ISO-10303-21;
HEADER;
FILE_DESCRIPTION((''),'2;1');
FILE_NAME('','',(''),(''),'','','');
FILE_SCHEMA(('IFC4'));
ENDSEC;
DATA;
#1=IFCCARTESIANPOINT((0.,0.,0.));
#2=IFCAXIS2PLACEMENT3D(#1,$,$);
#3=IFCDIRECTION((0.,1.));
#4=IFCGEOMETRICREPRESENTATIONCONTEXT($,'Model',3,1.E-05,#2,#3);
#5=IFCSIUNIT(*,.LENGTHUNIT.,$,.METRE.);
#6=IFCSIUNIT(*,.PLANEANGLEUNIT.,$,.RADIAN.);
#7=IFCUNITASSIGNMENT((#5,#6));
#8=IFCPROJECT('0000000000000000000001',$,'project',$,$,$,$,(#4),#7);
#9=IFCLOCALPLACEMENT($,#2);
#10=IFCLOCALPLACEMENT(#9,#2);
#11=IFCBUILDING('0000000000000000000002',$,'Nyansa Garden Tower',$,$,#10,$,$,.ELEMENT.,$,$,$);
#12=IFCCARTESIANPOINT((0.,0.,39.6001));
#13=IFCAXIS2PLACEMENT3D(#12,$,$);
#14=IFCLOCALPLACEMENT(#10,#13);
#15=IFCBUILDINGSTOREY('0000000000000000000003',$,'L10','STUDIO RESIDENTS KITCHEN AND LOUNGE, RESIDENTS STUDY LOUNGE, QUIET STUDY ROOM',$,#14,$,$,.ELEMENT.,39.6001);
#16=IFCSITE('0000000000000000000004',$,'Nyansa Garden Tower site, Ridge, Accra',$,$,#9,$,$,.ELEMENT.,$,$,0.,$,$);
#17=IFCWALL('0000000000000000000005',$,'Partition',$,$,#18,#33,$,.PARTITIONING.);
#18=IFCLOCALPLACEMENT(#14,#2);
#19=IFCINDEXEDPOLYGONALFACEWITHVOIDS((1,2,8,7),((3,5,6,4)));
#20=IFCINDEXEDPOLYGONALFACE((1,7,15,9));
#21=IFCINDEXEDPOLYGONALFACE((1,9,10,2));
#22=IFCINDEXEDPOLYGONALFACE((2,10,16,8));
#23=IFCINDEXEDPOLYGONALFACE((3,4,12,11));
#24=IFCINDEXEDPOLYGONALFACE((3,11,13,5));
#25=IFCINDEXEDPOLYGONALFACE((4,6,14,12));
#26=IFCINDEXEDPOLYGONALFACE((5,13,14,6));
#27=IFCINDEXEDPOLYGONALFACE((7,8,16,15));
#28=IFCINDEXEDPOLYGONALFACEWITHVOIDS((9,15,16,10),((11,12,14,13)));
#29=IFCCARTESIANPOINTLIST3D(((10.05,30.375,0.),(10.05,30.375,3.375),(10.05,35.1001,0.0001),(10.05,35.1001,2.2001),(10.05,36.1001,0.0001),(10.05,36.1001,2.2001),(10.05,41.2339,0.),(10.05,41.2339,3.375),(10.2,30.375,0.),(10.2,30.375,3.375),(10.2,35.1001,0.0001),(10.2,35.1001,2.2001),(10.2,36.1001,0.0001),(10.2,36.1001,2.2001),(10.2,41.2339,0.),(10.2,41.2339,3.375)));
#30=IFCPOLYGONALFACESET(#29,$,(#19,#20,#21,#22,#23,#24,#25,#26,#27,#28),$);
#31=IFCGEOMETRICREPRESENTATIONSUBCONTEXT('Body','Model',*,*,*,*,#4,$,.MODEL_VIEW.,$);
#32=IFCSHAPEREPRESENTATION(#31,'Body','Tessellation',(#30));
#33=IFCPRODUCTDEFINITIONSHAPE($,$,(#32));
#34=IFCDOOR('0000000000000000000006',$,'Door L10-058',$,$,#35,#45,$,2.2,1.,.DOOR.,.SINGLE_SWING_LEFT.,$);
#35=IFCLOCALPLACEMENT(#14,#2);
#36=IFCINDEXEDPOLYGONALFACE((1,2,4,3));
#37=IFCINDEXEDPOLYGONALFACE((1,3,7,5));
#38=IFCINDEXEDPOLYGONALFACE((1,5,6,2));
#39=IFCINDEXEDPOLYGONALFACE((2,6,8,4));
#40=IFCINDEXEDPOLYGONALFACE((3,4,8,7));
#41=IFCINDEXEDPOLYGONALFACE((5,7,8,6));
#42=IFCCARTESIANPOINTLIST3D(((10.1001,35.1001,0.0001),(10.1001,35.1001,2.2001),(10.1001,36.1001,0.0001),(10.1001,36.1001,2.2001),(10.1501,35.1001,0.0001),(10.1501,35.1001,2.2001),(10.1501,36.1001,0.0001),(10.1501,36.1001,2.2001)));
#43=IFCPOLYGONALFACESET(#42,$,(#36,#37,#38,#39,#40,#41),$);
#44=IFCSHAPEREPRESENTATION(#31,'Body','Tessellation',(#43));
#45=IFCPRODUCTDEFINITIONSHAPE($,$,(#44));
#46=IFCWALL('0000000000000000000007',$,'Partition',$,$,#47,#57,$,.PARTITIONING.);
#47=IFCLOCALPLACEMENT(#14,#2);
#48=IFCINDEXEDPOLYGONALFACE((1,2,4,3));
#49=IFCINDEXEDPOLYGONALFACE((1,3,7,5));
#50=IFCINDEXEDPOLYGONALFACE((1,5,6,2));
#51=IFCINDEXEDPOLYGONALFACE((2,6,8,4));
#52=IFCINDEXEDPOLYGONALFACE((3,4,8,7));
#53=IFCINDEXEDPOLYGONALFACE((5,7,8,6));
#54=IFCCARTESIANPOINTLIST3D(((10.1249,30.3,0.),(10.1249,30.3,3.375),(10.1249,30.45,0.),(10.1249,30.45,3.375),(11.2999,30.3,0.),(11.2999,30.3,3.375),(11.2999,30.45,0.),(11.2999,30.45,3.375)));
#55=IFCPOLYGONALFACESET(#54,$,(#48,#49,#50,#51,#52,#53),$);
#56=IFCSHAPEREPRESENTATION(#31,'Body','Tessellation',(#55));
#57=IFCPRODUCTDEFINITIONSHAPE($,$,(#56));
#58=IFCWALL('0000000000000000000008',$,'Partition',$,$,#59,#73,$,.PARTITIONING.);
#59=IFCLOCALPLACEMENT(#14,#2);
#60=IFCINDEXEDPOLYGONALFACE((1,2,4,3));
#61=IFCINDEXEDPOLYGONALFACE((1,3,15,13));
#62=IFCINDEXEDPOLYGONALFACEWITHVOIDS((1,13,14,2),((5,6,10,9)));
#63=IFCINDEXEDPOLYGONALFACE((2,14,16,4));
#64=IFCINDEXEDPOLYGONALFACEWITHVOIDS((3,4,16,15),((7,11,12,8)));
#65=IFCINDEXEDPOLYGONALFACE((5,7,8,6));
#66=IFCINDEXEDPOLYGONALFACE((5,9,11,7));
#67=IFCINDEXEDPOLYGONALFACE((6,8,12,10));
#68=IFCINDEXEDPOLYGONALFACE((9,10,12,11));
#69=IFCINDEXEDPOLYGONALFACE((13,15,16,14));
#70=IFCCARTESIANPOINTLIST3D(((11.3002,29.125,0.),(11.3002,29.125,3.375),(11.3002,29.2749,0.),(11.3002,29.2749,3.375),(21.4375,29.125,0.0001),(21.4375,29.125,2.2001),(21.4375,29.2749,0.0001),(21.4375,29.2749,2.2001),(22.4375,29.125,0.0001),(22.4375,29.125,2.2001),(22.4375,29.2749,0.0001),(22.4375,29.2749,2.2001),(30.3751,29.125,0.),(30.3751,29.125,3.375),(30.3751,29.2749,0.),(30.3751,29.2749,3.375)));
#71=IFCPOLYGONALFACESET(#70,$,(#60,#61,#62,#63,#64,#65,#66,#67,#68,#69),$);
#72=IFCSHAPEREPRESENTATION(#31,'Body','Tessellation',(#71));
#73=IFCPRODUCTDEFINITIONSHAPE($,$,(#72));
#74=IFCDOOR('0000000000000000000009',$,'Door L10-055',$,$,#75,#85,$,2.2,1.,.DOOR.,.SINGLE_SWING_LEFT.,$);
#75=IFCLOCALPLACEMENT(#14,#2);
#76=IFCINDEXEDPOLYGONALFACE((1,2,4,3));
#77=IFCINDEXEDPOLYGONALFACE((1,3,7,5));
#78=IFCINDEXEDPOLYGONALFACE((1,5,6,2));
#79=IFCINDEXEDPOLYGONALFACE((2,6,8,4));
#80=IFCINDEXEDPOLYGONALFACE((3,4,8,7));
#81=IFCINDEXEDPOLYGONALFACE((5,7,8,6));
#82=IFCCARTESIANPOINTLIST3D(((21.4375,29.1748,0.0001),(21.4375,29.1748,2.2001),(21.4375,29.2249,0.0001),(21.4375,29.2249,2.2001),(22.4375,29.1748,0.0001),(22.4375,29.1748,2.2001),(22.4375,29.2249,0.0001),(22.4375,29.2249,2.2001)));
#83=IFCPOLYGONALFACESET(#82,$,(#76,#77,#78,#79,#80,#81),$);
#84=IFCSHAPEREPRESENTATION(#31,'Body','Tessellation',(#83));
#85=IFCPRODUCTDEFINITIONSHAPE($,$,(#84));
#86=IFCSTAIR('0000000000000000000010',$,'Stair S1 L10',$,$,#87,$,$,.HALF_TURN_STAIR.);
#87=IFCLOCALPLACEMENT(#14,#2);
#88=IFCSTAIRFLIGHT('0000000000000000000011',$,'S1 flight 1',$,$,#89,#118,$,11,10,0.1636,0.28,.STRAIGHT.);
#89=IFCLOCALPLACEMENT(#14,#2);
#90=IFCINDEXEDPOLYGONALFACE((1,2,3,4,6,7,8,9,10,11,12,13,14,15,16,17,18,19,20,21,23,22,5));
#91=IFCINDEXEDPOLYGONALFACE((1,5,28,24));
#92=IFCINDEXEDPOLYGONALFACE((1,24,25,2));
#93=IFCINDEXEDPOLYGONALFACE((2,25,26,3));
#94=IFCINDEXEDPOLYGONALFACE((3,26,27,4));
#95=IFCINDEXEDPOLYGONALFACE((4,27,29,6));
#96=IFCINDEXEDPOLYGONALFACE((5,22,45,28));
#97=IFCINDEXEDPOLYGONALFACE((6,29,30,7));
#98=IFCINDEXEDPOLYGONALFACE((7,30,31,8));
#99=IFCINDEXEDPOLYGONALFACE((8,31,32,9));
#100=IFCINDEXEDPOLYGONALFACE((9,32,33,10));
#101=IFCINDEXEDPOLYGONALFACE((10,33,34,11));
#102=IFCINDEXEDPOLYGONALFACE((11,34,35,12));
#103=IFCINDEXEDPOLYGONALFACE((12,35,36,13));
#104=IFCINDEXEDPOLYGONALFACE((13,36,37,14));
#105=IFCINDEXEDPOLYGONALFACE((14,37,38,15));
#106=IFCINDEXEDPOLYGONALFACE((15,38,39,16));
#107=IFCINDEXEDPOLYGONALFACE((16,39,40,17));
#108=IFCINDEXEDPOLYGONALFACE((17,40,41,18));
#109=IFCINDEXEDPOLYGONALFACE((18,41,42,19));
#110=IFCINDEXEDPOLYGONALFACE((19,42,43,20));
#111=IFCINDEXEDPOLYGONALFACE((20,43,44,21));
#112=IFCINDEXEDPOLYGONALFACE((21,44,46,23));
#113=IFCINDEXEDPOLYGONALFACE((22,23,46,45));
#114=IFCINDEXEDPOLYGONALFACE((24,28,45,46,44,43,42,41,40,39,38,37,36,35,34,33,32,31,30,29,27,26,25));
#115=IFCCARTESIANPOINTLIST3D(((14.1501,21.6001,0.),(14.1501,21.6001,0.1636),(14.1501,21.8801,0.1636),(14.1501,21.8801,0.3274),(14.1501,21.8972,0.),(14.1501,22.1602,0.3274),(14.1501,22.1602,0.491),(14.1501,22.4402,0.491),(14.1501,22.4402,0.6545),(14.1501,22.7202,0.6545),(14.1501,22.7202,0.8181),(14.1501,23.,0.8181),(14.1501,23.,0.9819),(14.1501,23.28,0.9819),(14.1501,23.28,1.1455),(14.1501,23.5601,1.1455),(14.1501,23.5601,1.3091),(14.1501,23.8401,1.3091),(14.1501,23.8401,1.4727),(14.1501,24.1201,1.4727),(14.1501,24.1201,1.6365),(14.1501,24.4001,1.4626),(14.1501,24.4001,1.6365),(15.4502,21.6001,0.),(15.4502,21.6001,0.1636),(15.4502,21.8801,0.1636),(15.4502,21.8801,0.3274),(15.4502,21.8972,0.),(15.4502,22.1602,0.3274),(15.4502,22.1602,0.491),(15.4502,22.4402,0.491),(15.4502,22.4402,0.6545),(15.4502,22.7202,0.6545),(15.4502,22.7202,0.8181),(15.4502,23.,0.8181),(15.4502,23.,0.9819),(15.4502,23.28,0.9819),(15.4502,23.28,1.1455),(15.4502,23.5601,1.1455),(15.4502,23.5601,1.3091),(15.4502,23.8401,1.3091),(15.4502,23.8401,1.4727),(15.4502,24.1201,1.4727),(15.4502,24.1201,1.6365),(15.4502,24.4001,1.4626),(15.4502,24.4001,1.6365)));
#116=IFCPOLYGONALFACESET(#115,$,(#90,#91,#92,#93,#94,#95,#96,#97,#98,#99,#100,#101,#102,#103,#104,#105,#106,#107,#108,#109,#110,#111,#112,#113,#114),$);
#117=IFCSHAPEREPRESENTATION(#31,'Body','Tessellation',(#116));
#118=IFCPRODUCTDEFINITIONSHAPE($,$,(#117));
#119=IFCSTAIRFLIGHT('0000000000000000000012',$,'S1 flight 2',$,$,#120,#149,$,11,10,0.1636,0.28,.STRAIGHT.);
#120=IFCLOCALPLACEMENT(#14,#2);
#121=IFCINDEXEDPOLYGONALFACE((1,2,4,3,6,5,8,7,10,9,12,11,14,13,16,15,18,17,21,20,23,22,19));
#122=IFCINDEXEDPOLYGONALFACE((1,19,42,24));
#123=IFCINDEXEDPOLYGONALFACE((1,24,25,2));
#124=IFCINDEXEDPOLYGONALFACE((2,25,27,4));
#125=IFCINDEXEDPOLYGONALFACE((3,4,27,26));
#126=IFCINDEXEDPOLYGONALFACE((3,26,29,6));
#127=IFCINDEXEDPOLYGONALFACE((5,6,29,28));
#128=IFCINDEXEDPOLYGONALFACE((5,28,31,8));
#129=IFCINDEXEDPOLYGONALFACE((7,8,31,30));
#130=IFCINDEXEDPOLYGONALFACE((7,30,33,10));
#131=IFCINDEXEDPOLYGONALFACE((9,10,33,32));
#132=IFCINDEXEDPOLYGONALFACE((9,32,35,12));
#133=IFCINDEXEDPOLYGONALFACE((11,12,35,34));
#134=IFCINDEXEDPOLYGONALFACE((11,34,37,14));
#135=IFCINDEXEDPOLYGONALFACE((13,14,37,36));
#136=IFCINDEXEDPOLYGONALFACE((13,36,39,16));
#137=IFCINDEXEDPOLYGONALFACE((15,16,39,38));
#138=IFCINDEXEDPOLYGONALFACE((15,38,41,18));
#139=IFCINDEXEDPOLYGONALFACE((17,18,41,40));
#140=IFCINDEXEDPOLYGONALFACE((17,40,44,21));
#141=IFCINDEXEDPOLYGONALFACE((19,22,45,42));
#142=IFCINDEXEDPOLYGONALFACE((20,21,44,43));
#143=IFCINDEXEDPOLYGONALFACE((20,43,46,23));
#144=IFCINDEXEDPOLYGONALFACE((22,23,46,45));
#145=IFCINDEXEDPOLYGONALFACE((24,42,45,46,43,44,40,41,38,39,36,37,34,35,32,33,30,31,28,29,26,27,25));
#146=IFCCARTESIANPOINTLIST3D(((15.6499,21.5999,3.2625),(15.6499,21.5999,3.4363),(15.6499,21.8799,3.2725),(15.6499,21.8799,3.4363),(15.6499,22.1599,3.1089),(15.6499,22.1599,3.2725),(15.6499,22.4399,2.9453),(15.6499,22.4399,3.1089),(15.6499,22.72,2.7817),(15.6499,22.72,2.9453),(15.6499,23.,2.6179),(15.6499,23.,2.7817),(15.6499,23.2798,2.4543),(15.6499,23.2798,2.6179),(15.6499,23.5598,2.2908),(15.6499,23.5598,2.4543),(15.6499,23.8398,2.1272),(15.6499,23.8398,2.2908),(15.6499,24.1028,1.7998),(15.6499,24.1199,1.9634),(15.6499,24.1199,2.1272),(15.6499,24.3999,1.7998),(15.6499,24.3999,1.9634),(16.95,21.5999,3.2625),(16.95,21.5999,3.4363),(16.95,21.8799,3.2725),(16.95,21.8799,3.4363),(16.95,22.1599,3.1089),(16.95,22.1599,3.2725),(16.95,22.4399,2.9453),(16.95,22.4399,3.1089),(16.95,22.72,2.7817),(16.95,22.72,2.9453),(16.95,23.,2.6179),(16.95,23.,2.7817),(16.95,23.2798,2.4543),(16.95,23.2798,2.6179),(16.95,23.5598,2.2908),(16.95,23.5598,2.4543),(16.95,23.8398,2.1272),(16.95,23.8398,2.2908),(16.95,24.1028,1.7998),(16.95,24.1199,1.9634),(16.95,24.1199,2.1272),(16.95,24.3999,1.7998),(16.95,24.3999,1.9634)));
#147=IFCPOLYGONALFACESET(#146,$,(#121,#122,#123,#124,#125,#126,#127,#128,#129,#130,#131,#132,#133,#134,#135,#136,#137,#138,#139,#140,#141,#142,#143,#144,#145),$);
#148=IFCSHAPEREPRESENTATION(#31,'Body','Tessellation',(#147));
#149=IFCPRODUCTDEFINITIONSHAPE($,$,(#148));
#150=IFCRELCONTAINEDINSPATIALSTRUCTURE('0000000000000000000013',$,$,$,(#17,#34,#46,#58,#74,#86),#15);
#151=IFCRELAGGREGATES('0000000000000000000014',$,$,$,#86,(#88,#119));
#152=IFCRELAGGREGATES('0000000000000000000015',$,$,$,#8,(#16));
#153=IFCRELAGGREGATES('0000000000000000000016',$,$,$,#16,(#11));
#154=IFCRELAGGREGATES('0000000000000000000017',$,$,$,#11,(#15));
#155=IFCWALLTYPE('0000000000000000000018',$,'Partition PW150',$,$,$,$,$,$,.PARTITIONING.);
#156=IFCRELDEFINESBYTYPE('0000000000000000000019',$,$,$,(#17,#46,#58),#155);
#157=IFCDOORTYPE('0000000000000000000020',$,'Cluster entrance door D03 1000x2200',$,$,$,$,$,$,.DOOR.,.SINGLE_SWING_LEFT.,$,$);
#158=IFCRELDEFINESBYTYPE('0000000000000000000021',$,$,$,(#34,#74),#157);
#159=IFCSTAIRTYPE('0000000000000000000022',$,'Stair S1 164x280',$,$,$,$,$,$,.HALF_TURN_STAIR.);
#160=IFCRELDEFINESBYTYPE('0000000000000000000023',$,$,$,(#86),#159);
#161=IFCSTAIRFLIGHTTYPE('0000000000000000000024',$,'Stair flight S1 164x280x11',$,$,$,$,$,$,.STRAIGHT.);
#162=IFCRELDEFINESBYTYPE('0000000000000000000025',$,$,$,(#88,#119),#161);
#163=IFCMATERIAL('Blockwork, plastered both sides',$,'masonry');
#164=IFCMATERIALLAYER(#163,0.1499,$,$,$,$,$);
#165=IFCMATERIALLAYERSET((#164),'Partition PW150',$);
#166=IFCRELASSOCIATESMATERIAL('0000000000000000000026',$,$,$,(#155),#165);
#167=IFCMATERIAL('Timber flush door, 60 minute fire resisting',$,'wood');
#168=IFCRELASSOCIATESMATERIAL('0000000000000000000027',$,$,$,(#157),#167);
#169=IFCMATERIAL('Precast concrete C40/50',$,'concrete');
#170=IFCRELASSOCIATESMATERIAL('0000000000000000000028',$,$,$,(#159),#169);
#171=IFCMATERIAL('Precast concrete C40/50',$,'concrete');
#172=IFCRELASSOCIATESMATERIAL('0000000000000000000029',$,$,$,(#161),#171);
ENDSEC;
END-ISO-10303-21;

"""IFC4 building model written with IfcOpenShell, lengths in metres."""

from ifc_helpers import new_model, si_unit, direction, frame, frame_2d, origin, place, context, subcontext, project, spatial, polyline, rectangle, outline, extrude, material, layer, layer_set, type_object, element, fill, aggregate, save


model = new_model("IFC4")

# Units and contexts
model_context = context("Model", 3, precision=1e-05, world=origin(), true_north=direction((0.0, 1.0)))
body_context = subcontext(model_context, "Body", "Model", "MODEL_VIEW")
ifc_project = project(units=[si_unit("LENGTHUNIT", "METRE"), si_unit("PLANEANGLEUNIT", "RADIAN")], contexts=[model_context])

# Site, building, storey
site_placement = place(None, origin())
site = spatial("IfcSite", under=ifc_project, at=site_placement, Name="Nyansa Garden Tower site, Ridge, Accra", CompositionType="ELEMENT", RefElevation=0.0)
building_placement = place(site_placement, origin())
building = spatial("IfcBuilding", under=site, at=building_placement, Name="Nyansa Garden Tower", CompositionType="ELEMENT")
storey_placement = place(building_placement, frame((0.0, 0.0, 39.6001)))
storey = spatial("IfcBuildingStorey", under=building, at=storey_placement, Name="L10", Description="STUDIO RESIDENTS KITCHEN AND LOUNGE, RESIDENTS STUDY LOUNGE, QUIET STUDY ROOM", CompositionType="ELEMENT", Elevation=39.6001)

# Shared definitions
ifc_material_1 = material(Name="Blockwork, plastered both sides", Category="masonry")
ifc_layer_1 = layer(ifc_material_1, 0.1499)
ifc_layer_set_1 = layer_set([ifc_layer_1], Name="Partition PW150")
wall_type_1 = type_object("IfcWallType", Name="Partition PW150", PredefinedType="PARTITIONING", material=ifc_layer_set_1)

# Wall, opening, door
wall_1_placement = place(storey_placement, frame((10.125, 30.375, 0.0), z_axis=(0.0, 0.0, 1.0), x_axis=(0.0, 1.0, 0.0)))
wall_1 = element("IfcWall", 1, at=wall_1_placement, inside=storey, type_object=wall_type_1, Name="Partition", PredefinedType="PARTITIONING", context=body_context, shape_type="SweptSolid", body=[
    extrude(rectangle(XDim=10.8589, YDim=0.1499, at=frame_2d((5.4294, 0.0))), origin(), (0.0, 0.0, 1.0), 3.375),
])
opening_1_placement = place(wall_1_placement, frame((4.7251, 0.0, 0.0)))
opening_1 = element("IfcOpeningElement", 2, at=opening_1_placement, cuts=wall_1, PredefinedType="OPENING", context=body_context, shape_type="SweptSolid", body=[
    extrude(rectangle(XDim=1.0, YDim=2.2, at=frame_2d((0.5, 1.1001))), frame((0.0, 0.085, 0.0), z_axis=(0.0, -1.0, 0.0), x_axis=(1.0, 0.0, 0.0)), (0.0, 0.0, 1.0), 0.1699),
])
ifc_material_2 = material(Name="Timber flush door, 60 minute fire resisting", Category="wood")
door_type_1 = type_object("IfcDoorType", Name="Cluster entrance door D03 1000x2200", OperationType="SINGLE_SWING_LEFT", PredefinedType="DOOR", material=ifc_material_2)
door_1_placement = place(opening_1_placement, origin())
door_1 = element("IfcDoor", 3, at=door_1_placement, inside=storey, type_object=door_type_1, Name="Door L10-058", OperationType="SINGLE_SWING_LEFT", OverallHeight=2.2, OverallWidth=1.0, PredefinedType="DOOR", context=body_context, shape_type="SweptSolid", body=[
    extrude(rectangle(XDim=1.0, YDim=2.2, at=frame_2d((0.5, 1.1001))), frame((0.0, 0.0249, 0.0), z_axis=(0.0, -1.0, 0.0), x_axis=(1.0, 0.0, 0.0)), (0.0, 0.0, 1.0), 0.05),
])
fill(opening_1, door_1)

# Wall
wall_2_placement = place(storey_placement, frame((10.125, 30.375, 0.0), z_axis=(0.0, 0.0, 1.0), x_axis=(1.0, 0.0, 0.0)))
element("IfcWall", 4, at=wall_2_placement, inside=storey, type_object=wall_type_1, Name="Partition", PredefinedType="PARTITIONING", context=body_context, shape_type="SweptSolid", body=[
    extrude(rectangle(XDim=1.175, YDim=0.1499, at=frame_2d((0.5874, 0.0))), origin(), (0.0, 0.0, 1.0), 3.375),
])

# Wall, opening, door
wall_3_placement = place(storey_placement, frame((11.3, 29.2, 0.0), z_axis=(0.0, 0.0, 1.0), x_axis=(1.0, 0.0, 0.0)))
wall_3 = element("IfcWall", 5, at=wall_3_placement, inside=storey, type_object=wall_type_1, Name="Partition", PredefinedType="PARTITIONING", context=body_context, shape_type="SweptSolid", body=[
    extrude(rectangle(XDim=19.075, YDim=0.1499, at=frame_2d((9.5376, 0.0))), origin(), (0.0, 0.0, 1.0), 3.375),
])
opening_2_placement = place(wall_3_placement, frame((10.1375, 0.0, 0.0)))
opening_2 = element("IfcOpeningElement", 6, at=opening_2_placement, cuts=wall_3, PredefinedType="OPENING", context=body_context, shape_type="SweptSolid", body=[
    extrude(rectangle(XDim=1.0, YDim=2.2, at=frame_2d((0.5, 1.1001))), frame((0.0, 0.085, 0.0), z_axis=(0.0, -1.0, 0.0), x_axis=(1.0, 0.0, 0.0)), (0.0, 0.0, 1.0), 0.1699),
])
door_2_placement = place(opening_2_placement, origin())
door_2 = element("IfcDoor", 7, at=door_2_placement, inside=storey, type_object=door_type_1, Name="Door L10-055", OperationType="SINGLE_SWING_LEFT", OverallHeight=2.2, OverallWidth=1.0, PredefinedType="DOOR", context=body_context, shape_type="SweptSolid", body=[
    extrude(rectangle(XDim=1.0, YDim=2.2, at=frame_2d((0.5, 1.1001))), frame((0.0, 0.0249, 0.0), z_axis=(0.0, -1.0, 0.0), x_axis=(1.0, 0.0, 0.0)), (0.0, 0.0, 1.0), 0.05),
])
fill(opening_2, door_2)

# Stair, stair flights
ifc_material_3 = material(Name="Precast concrete C40/50", Category="concrete")
stair_type = type_object("IfcStairType", Name="Stair S1 164x280", PredefinedType="HALF_TURN_STAIR", material=ifc_material_3)
stair_placement = place(storey_placement, origin())
stair = element("IfcStair", 8, at=stair_placement, inside=storey, type_object=stair_type, Name="Stair S1 L10", PredefinedType="HALF_TURN_STAIR")
ifc_material_4 = material(Name="Precast concrete C40/50", Category="concrete")
stair_flight_type = type_object("IfcStairFlightType", Name="Stair flight S1 164x280x11", PredefinedType="STRAIGHT", material=ifc_material_4)
stair_flight_1_placement = place(storey_placement, frame((14.8, 21.6001, 0.0), z_axis=(0.0, 0.0, 1.0), x_axis=(0.0, 1.0, 0.0)))
stair_flight_1 = element("IfcStairFlight", 9, at=stair_flight_1_placement, type_object=stair_flight_type, Name="S1 flight 1", NumberOfRisers=11, NumberOfTreads=10, PredefinedType="STRAIGHT", RiserHeight=0.1636, TreadLength=0.28, context=body_context, shape_type="SweptSolid", body=[
    extrude(outline(polyline([(0.0, 0.0), (0.0, 0.1636), (0.28, 0.1636), (0.28, 0.3274), (0.5601, 0.3274), (0.5601, 0.491), (0.8401, 0.491), (0.8401, 0.6545), (1.1201, 0.6545), (1.1201, 0.8181), (1.3999, 0.8181), (1.3999, 0.9819), (1.6799, 0.9819), (1.6799, 1.1455), (1.96, 1.1455), (1.96, 1.3091), (2.24, 1.3091), (2.24, 1.4727), (2.52, 1.4727), (2.52, 1.6365), (2.8, 1.6365), (2.8, 1.8), (2.8, 1.4626), (0.2971, 0.0), (0.0, 0.0)])), frame((0.0, 0.6499, 0.0), z_axis=(0.0, -1.0, 0.0), x_axis=(1.0, 0.0, 0.0)), (0.0, 0.0, 1.0), 1.3),
])
stair_flight_2_placement = place(storey_placement, frame((16.3, 24.3999, 1.7998), z_axis=(0.0, 0.0, 1.0), x_axis=(0.0, -1.0, 0.0)))
stair_flight_2 = element("IfcStairFlight", 10, at=stair_flight_2_placement, type_object=stair_flight_type, Name="S1 flight 2", NumberOfRisers=11, NumberOfTreads=10, PredefinedType="STRAIGHT", RiserHeight=0.1636, TreadLength=0.28, context=body_context, shape_type="SweptSolid", body=[
    extrude(outline(polyline([(0.0, 0.0), (0.0, 0.1636), (0.28, 0.1636), (0.28, 0.3274), (0.5601, 0.3274), (0.5601, 0.491), (0.8401, 0.491), (0.8401, 0.6545), (1.1201, 0.6545), (1.1201, 0.8181), (1.3999, 0.8181), (1.3999, 0.9819), (1.6799, 0.9819), (1.6799, 1.1455), (1.96, 1.1455), (1.96, 1.3091), (2.24, 1.3091), (2.24, 1.4727), (2.52, 1.4727), (2.52, 1.6365), (2.8, 1.6365), (2.8, 1.8), (2.8, 1.4626), (0.2971, 0.0), (0.0, 0.0)])), frame((0.0, 0.6499, 0.0), z_axis=(0.0, -1.0, 0.0), x_axis=(1.0, 0.0, 0.0)), (0.0, 0.0, 1.0), 1.3),
])
aggregate(stair, [stair_flight_1, stair_flight_2])

save(model, "model.ifc")
